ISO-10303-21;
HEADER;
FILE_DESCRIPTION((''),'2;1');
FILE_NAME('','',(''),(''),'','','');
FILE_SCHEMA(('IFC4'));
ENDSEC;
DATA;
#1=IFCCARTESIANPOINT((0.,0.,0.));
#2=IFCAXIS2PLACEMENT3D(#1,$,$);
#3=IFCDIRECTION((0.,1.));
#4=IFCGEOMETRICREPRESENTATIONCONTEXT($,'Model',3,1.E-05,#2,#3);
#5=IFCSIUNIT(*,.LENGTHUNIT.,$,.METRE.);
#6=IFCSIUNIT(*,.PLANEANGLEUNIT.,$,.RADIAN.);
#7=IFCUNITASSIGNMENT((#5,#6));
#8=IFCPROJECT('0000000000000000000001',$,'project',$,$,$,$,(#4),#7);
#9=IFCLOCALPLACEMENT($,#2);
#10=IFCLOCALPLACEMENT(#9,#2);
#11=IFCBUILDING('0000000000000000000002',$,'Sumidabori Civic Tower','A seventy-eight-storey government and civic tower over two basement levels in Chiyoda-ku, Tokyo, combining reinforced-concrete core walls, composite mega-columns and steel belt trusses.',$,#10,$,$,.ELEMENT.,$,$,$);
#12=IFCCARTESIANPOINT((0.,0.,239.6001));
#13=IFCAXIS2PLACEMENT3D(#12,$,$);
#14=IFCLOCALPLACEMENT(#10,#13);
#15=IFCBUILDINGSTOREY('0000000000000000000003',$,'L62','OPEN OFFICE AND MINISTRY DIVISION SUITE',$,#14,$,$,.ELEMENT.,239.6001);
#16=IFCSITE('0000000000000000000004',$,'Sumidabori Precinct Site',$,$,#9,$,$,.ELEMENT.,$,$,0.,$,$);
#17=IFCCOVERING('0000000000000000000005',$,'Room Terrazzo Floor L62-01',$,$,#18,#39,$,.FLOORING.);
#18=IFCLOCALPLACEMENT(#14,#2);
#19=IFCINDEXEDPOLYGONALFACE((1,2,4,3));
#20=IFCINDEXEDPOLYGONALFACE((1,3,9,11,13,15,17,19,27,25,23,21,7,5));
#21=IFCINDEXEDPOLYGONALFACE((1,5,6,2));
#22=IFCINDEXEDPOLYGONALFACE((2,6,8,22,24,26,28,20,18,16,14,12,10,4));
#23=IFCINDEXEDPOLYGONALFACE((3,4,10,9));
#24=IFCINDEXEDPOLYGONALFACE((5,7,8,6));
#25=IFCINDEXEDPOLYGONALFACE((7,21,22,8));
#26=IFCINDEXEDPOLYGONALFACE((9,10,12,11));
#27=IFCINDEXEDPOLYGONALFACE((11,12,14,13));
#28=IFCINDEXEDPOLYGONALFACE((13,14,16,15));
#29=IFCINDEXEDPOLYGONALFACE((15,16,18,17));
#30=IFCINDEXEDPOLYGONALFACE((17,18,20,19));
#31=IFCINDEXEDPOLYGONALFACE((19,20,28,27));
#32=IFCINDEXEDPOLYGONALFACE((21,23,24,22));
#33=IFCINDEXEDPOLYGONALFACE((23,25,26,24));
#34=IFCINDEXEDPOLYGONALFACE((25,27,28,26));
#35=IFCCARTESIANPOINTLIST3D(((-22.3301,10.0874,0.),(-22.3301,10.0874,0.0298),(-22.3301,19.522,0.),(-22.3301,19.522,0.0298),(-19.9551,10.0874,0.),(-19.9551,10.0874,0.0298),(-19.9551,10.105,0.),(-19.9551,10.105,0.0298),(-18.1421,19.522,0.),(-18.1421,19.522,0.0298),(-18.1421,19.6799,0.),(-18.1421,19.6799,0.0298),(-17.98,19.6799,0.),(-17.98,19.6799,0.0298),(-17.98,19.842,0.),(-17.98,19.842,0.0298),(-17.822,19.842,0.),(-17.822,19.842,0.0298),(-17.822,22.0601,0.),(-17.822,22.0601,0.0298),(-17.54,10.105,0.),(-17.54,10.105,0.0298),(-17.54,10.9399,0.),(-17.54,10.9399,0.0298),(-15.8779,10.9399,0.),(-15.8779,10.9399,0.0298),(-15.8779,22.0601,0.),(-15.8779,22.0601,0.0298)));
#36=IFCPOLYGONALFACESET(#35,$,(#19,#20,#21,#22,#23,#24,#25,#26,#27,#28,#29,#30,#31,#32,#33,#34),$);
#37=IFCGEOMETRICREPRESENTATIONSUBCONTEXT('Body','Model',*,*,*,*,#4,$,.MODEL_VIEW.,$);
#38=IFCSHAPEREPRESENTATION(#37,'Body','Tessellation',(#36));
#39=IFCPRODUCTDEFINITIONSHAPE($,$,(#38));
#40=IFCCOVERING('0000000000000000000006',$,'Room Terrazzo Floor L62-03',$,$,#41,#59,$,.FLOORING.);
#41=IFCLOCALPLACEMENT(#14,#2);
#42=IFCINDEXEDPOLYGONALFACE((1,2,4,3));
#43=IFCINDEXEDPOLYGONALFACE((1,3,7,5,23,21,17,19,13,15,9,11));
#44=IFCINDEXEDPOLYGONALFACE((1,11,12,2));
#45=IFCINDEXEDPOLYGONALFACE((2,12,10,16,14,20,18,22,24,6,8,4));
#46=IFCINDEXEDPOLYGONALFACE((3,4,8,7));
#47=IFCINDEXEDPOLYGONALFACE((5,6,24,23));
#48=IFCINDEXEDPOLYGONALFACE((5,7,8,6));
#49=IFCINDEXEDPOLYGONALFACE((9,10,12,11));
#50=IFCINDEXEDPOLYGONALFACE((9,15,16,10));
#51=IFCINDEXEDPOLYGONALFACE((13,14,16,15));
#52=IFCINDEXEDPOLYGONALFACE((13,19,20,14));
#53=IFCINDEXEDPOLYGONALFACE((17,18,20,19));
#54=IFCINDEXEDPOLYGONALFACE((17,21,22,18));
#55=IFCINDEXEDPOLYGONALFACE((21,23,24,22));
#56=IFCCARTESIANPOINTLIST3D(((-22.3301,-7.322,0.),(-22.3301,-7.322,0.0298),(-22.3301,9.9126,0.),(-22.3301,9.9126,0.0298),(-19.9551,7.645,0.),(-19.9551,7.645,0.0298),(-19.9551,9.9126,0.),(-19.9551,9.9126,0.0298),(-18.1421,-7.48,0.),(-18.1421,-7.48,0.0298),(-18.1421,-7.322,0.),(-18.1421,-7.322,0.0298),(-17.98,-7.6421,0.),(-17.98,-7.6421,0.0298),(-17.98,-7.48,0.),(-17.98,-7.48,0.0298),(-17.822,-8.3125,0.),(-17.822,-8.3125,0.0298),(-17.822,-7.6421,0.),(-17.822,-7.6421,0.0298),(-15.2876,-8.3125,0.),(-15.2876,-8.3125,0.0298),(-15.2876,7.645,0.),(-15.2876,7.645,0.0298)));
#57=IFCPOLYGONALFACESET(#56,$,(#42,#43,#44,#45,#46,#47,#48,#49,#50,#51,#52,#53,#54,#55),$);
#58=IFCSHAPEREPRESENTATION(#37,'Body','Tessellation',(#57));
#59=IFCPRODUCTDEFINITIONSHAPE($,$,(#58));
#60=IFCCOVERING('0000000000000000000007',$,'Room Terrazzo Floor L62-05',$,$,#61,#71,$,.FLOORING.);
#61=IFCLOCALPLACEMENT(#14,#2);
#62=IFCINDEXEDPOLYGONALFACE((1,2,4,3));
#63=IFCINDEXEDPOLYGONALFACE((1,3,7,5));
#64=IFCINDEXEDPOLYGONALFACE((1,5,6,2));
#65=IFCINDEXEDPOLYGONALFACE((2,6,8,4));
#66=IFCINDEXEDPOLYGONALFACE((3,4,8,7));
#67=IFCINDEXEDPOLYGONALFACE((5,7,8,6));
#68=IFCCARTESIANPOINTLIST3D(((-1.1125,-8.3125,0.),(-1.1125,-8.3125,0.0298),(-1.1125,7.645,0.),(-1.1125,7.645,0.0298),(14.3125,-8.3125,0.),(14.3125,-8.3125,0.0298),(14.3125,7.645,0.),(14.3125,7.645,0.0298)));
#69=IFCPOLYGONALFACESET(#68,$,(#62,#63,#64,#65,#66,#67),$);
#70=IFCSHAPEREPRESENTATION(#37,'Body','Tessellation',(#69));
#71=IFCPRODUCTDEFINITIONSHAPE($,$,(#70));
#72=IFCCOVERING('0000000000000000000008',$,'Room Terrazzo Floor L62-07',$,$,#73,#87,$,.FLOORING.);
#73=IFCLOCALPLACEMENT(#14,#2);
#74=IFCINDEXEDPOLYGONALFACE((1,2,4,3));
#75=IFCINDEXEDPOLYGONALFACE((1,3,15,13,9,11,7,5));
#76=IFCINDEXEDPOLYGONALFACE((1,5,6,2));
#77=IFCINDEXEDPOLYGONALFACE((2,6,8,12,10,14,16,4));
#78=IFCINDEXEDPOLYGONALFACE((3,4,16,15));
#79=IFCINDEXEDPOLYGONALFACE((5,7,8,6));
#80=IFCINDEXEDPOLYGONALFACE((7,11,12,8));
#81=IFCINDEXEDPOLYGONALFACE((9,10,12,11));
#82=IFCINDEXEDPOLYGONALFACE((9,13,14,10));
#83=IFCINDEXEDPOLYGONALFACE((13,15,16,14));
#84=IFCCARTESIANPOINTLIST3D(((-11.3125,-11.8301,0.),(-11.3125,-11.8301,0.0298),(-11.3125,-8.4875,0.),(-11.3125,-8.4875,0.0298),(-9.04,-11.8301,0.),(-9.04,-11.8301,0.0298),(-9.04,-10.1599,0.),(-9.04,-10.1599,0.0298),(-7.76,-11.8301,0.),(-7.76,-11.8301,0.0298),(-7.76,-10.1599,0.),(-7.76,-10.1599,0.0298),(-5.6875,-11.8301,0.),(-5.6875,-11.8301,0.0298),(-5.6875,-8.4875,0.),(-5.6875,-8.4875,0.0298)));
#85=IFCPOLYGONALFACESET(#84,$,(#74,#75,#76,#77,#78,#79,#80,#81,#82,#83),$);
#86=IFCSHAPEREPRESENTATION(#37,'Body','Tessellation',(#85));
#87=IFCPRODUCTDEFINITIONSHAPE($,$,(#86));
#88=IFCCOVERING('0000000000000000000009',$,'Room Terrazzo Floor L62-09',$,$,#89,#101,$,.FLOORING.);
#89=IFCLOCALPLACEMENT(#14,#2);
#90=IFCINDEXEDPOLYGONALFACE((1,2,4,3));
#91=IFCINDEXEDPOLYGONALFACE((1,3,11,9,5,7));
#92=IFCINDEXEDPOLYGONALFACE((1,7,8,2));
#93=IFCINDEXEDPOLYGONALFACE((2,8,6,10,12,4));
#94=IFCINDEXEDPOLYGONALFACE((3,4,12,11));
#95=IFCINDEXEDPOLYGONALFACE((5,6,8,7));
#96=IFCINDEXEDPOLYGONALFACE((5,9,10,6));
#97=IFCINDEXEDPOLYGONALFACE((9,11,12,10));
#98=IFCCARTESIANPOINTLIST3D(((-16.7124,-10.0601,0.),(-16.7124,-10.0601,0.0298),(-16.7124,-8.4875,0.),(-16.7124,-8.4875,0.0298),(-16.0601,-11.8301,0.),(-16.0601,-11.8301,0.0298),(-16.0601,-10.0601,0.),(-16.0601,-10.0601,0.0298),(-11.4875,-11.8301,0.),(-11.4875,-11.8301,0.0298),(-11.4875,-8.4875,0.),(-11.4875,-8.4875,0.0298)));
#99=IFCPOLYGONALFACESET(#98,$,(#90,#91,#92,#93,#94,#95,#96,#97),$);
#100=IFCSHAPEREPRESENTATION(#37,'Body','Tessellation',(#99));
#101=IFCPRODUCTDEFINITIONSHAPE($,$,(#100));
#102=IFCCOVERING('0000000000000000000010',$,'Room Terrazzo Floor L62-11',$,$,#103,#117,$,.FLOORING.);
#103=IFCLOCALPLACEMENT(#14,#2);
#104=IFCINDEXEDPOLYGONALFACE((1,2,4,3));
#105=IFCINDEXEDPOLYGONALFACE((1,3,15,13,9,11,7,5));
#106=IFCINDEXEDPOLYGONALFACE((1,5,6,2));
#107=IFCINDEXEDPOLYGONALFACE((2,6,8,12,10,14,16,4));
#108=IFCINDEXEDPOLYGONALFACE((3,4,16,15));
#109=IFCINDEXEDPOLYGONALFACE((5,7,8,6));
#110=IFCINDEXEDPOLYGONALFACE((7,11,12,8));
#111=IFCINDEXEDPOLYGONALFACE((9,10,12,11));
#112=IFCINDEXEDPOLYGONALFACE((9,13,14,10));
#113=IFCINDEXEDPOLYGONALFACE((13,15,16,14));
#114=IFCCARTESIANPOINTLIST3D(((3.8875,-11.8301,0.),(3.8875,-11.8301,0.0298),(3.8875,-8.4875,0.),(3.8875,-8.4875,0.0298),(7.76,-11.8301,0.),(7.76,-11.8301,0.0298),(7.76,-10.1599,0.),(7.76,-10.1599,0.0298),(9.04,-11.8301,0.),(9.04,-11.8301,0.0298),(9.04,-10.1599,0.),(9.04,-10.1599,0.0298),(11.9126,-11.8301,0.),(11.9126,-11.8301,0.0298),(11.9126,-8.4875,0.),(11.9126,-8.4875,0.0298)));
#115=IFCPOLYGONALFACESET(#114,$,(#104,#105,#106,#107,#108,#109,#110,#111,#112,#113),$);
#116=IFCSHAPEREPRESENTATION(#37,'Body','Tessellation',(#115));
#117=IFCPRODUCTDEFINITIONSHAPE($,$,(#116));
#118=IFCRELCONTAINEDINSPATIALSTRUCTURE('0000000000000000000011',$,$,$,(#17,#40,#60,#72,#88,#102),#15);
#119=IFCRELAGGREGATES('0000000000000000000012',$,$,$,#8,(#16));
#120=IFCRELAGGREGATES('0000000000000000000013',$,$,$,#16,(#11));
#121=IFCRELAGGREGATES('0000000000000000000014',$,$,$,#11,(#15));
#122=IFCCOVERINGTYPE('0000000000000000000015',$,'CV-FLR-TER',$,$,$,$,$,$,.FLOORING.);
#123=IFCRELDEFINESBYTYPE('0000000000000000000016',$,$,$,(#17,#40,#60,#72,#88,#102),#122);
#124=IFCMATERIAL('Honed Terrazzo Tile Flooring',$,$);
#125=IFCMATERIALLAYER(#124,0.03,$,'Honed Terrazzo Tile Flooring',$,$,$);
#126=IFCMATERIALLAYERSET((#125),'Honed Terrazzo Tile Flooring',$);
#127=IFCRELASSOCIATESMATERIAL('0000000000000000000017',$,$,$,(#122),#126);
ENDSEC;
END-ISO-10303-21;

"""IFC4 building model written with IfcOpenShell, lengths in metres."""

from ifc_helpers import new_model, si_unit, direction, frame, origin, place, context, subcontext, project, spatial, polyline, outline, extrude, material, layer, layer_set, type_object, element, save


model = new_model("IFC4")

# Units and contexts
model_context = context("Model", 3, precision=1e-05, world=origin(), true_north=direction((0.0, 1.0)))
body_context = subcontext(model_context, "Body", "Model", "MODEL_VIEW")
ifc_project = project(units=[si_unit("LENGTHUNIT", "METRE"), si_unit("PLANEANGLEUNIT", "RADIAN")], contexts=[model_context])

# Site, building, storey
site_placement = place(None, origin())
site = spatial("IfcSite", under=ifc_project, at=site_placement, Name="Sumidabori Precinct Site", CompositionType="ELEMENT", RefElevation=0.0)
building_placement = place(site_placement, origin())
building = spatial("IfcBuilding", under=site, at=building_placement, Name="Sumidabori Civic Tower", Description="A seventy-eight-storey government and civic tower over two basement levels in Chiyoda-ku, Tokyo, combining reinforced-concrete core walls, composite mega-columns and steel belt trusses.", CompositionType="ELEMENT")
storey_placement = place(building_placement, frame((0.0, 0.0, 239.6001)))
storey = spatial("IfcBuildingStorey", under=building, at=storey_placement, Name="L62", Description="OPEN OFFICE AND MINISTRY DIVISION SUITE", CompositionType="ELEMENT", Elevation=239.6001)

# Coverings
ifc_material_1 = material(Name="Honed Terrazzo Tile Flooring")
ifc_layer_1 = layer(ifc_material_1, 0.03, Name="Honed Terrazzo Tile Flooring")
ifc_layer_set_1 = layer_set([ifc_layer_1], Name="Honed Terrazzo Tile Flooring")
covering_type_1 = type_object("IfcCoveringType", Name="CV-FLR-TER", PredefinedType="FLOORING", material=ifc_layer_set_1)
covering_1_placement = place(storey_placement, origin())
element("IfcCovering", 1, at=covering_1_placement, inside=storey, type_object=covering_type_1, Name="Room Terrazzo Floor L62-01", PredefinedType="FLOORING", context=body_context, shape_type="SweptSolid", body=[
    extrude(outline(polyline([(-22.3301, 10.0874), (-22.3301, 19.522), (-18.1421, 19.522), (-18.1421, 19.6799), (-17.98, 19.6799), (-17.98, 19.842), (-17.822, 19.842), (-17.822, 22.0601), (-15.8779, 22.0601), (-15.8779, 10.9399), (-17.54, 10.9399), (-17.54, 10.105), (-19.9551, 10.105), (-19.9551, 10.0874), (-22.3301, 10.0874)])), origin(), (0.0, 0.0, 1.0), 0.0298),
])
covering_2_placement = place(storey_placement, origin())
element("IfcCovering", 2, at=covering_2_placement, inside=storey, type_object=covering_type_1, Name="Room Terrazzo Floor L62-03", PredefinedType="FLOORING", context=body_context, shape_type="SweptSolid", body=[
    extrude(outline(polyline([(-22.3301, -7.322), (-22.3301, 9.9126), (-19.9551, 9.9126), (-19.9551, 7.645), (-15.2876, 7.645), (-15.2876, -8.3125), (-17.822, -8.3125), (-17.822, -7.6421), (-17.98, -7.6421), (-17.98, -7.48), (-18.1421, -7.48), (-18.1421, -7.322), (-22.3301, -7.322)])), origin(), (0.0, 0.0, 1.0), 0.0298),
])
covering_3_placement = place(storey_placement, origin())
element("IfcCovering", 3, at=covering_3_placement, inside=storey, type_object=covering_type_1, Name="Room Terrazzo Floor L62-05", PredefinedType="FLOORING", context=body_context, shape_type="SweptSolid", body=[
    extrude(outline(polyline([(-1.1125, -8.3125), (-1.1125, 7.645), (14.3125, 7.645), (14.3125, -8.3125), (-1.1125, -8.3125)])), origin(), (0.0, 0.0, 1.0), 0.0298),
])
covering_4_placement = place(storey_placement, origin())
element("IfcCovering", 4, at=covering_4_placement, inside=storey, type_object=covering_type_1, Name="Room Terrazzo Floor L62-07", PredefinedType="FLOORING", context=body_context, shape_type="SweptSolid", body=[
    extrude(outline(polyline([(-5.6875, -8.4875), (-5.6875, -11.8301), (-7.76, -11.8301), (-7.76, -10.1599), (-9.04, -10.1599), (-9.04, -11.8301), (-11.3125, -11.8301), (-11.3125, -8.4875), (-5.6875, -8.4875)])), origin(), (0.0, 0.0, 1.0), 0.0298),
])
covering_5_placement = place(storey_placement, origin())
element("IfcCovering", 5, at=covering_5_placement, inside=storey, type_object=covering_type_1, Name="Room Terrazzo Floor L62-09", PredefinedType="FLOORING", context=body_context, shape_type="SweptSolid", body=[
    extrude(outline(polyline([(-16.0601, -10.0601), (-16.7124, -10.0601), (-16.7124, -8.4875), (-11.4875, -8.4875), (-11.4875, -11.8301), (-16.0601, -11.8301), (-16.0601, -10.0601)])), origin(), (0.0, 0.0, 1.0), 0.0298),
])
covering_6_placement = place(storey_placement, origin())
element("IfcCovering", 6, at=covering_6_placement, inside=storey, type_object=covering_type_1, Name="Room Terrazzo Floor L62-11", PredefinedType="FLOORING", context=body_context, shape_type="SweptSolid", body=[
    extrude(outline(polyline([(11.9126, -8.4875), (11.9126, -11.8301), (9.04, -11.8301), (9.04, -10.1599), (7.76, -10.1599), (7.76, -11.8301), (3.8875, -11.8301), (3.8875, -8.4875), (11.9126, -8.4875)])), origin(), (0.0, 0.0, 1.0), 0.0298),
])

save(model, "model.ifc")
